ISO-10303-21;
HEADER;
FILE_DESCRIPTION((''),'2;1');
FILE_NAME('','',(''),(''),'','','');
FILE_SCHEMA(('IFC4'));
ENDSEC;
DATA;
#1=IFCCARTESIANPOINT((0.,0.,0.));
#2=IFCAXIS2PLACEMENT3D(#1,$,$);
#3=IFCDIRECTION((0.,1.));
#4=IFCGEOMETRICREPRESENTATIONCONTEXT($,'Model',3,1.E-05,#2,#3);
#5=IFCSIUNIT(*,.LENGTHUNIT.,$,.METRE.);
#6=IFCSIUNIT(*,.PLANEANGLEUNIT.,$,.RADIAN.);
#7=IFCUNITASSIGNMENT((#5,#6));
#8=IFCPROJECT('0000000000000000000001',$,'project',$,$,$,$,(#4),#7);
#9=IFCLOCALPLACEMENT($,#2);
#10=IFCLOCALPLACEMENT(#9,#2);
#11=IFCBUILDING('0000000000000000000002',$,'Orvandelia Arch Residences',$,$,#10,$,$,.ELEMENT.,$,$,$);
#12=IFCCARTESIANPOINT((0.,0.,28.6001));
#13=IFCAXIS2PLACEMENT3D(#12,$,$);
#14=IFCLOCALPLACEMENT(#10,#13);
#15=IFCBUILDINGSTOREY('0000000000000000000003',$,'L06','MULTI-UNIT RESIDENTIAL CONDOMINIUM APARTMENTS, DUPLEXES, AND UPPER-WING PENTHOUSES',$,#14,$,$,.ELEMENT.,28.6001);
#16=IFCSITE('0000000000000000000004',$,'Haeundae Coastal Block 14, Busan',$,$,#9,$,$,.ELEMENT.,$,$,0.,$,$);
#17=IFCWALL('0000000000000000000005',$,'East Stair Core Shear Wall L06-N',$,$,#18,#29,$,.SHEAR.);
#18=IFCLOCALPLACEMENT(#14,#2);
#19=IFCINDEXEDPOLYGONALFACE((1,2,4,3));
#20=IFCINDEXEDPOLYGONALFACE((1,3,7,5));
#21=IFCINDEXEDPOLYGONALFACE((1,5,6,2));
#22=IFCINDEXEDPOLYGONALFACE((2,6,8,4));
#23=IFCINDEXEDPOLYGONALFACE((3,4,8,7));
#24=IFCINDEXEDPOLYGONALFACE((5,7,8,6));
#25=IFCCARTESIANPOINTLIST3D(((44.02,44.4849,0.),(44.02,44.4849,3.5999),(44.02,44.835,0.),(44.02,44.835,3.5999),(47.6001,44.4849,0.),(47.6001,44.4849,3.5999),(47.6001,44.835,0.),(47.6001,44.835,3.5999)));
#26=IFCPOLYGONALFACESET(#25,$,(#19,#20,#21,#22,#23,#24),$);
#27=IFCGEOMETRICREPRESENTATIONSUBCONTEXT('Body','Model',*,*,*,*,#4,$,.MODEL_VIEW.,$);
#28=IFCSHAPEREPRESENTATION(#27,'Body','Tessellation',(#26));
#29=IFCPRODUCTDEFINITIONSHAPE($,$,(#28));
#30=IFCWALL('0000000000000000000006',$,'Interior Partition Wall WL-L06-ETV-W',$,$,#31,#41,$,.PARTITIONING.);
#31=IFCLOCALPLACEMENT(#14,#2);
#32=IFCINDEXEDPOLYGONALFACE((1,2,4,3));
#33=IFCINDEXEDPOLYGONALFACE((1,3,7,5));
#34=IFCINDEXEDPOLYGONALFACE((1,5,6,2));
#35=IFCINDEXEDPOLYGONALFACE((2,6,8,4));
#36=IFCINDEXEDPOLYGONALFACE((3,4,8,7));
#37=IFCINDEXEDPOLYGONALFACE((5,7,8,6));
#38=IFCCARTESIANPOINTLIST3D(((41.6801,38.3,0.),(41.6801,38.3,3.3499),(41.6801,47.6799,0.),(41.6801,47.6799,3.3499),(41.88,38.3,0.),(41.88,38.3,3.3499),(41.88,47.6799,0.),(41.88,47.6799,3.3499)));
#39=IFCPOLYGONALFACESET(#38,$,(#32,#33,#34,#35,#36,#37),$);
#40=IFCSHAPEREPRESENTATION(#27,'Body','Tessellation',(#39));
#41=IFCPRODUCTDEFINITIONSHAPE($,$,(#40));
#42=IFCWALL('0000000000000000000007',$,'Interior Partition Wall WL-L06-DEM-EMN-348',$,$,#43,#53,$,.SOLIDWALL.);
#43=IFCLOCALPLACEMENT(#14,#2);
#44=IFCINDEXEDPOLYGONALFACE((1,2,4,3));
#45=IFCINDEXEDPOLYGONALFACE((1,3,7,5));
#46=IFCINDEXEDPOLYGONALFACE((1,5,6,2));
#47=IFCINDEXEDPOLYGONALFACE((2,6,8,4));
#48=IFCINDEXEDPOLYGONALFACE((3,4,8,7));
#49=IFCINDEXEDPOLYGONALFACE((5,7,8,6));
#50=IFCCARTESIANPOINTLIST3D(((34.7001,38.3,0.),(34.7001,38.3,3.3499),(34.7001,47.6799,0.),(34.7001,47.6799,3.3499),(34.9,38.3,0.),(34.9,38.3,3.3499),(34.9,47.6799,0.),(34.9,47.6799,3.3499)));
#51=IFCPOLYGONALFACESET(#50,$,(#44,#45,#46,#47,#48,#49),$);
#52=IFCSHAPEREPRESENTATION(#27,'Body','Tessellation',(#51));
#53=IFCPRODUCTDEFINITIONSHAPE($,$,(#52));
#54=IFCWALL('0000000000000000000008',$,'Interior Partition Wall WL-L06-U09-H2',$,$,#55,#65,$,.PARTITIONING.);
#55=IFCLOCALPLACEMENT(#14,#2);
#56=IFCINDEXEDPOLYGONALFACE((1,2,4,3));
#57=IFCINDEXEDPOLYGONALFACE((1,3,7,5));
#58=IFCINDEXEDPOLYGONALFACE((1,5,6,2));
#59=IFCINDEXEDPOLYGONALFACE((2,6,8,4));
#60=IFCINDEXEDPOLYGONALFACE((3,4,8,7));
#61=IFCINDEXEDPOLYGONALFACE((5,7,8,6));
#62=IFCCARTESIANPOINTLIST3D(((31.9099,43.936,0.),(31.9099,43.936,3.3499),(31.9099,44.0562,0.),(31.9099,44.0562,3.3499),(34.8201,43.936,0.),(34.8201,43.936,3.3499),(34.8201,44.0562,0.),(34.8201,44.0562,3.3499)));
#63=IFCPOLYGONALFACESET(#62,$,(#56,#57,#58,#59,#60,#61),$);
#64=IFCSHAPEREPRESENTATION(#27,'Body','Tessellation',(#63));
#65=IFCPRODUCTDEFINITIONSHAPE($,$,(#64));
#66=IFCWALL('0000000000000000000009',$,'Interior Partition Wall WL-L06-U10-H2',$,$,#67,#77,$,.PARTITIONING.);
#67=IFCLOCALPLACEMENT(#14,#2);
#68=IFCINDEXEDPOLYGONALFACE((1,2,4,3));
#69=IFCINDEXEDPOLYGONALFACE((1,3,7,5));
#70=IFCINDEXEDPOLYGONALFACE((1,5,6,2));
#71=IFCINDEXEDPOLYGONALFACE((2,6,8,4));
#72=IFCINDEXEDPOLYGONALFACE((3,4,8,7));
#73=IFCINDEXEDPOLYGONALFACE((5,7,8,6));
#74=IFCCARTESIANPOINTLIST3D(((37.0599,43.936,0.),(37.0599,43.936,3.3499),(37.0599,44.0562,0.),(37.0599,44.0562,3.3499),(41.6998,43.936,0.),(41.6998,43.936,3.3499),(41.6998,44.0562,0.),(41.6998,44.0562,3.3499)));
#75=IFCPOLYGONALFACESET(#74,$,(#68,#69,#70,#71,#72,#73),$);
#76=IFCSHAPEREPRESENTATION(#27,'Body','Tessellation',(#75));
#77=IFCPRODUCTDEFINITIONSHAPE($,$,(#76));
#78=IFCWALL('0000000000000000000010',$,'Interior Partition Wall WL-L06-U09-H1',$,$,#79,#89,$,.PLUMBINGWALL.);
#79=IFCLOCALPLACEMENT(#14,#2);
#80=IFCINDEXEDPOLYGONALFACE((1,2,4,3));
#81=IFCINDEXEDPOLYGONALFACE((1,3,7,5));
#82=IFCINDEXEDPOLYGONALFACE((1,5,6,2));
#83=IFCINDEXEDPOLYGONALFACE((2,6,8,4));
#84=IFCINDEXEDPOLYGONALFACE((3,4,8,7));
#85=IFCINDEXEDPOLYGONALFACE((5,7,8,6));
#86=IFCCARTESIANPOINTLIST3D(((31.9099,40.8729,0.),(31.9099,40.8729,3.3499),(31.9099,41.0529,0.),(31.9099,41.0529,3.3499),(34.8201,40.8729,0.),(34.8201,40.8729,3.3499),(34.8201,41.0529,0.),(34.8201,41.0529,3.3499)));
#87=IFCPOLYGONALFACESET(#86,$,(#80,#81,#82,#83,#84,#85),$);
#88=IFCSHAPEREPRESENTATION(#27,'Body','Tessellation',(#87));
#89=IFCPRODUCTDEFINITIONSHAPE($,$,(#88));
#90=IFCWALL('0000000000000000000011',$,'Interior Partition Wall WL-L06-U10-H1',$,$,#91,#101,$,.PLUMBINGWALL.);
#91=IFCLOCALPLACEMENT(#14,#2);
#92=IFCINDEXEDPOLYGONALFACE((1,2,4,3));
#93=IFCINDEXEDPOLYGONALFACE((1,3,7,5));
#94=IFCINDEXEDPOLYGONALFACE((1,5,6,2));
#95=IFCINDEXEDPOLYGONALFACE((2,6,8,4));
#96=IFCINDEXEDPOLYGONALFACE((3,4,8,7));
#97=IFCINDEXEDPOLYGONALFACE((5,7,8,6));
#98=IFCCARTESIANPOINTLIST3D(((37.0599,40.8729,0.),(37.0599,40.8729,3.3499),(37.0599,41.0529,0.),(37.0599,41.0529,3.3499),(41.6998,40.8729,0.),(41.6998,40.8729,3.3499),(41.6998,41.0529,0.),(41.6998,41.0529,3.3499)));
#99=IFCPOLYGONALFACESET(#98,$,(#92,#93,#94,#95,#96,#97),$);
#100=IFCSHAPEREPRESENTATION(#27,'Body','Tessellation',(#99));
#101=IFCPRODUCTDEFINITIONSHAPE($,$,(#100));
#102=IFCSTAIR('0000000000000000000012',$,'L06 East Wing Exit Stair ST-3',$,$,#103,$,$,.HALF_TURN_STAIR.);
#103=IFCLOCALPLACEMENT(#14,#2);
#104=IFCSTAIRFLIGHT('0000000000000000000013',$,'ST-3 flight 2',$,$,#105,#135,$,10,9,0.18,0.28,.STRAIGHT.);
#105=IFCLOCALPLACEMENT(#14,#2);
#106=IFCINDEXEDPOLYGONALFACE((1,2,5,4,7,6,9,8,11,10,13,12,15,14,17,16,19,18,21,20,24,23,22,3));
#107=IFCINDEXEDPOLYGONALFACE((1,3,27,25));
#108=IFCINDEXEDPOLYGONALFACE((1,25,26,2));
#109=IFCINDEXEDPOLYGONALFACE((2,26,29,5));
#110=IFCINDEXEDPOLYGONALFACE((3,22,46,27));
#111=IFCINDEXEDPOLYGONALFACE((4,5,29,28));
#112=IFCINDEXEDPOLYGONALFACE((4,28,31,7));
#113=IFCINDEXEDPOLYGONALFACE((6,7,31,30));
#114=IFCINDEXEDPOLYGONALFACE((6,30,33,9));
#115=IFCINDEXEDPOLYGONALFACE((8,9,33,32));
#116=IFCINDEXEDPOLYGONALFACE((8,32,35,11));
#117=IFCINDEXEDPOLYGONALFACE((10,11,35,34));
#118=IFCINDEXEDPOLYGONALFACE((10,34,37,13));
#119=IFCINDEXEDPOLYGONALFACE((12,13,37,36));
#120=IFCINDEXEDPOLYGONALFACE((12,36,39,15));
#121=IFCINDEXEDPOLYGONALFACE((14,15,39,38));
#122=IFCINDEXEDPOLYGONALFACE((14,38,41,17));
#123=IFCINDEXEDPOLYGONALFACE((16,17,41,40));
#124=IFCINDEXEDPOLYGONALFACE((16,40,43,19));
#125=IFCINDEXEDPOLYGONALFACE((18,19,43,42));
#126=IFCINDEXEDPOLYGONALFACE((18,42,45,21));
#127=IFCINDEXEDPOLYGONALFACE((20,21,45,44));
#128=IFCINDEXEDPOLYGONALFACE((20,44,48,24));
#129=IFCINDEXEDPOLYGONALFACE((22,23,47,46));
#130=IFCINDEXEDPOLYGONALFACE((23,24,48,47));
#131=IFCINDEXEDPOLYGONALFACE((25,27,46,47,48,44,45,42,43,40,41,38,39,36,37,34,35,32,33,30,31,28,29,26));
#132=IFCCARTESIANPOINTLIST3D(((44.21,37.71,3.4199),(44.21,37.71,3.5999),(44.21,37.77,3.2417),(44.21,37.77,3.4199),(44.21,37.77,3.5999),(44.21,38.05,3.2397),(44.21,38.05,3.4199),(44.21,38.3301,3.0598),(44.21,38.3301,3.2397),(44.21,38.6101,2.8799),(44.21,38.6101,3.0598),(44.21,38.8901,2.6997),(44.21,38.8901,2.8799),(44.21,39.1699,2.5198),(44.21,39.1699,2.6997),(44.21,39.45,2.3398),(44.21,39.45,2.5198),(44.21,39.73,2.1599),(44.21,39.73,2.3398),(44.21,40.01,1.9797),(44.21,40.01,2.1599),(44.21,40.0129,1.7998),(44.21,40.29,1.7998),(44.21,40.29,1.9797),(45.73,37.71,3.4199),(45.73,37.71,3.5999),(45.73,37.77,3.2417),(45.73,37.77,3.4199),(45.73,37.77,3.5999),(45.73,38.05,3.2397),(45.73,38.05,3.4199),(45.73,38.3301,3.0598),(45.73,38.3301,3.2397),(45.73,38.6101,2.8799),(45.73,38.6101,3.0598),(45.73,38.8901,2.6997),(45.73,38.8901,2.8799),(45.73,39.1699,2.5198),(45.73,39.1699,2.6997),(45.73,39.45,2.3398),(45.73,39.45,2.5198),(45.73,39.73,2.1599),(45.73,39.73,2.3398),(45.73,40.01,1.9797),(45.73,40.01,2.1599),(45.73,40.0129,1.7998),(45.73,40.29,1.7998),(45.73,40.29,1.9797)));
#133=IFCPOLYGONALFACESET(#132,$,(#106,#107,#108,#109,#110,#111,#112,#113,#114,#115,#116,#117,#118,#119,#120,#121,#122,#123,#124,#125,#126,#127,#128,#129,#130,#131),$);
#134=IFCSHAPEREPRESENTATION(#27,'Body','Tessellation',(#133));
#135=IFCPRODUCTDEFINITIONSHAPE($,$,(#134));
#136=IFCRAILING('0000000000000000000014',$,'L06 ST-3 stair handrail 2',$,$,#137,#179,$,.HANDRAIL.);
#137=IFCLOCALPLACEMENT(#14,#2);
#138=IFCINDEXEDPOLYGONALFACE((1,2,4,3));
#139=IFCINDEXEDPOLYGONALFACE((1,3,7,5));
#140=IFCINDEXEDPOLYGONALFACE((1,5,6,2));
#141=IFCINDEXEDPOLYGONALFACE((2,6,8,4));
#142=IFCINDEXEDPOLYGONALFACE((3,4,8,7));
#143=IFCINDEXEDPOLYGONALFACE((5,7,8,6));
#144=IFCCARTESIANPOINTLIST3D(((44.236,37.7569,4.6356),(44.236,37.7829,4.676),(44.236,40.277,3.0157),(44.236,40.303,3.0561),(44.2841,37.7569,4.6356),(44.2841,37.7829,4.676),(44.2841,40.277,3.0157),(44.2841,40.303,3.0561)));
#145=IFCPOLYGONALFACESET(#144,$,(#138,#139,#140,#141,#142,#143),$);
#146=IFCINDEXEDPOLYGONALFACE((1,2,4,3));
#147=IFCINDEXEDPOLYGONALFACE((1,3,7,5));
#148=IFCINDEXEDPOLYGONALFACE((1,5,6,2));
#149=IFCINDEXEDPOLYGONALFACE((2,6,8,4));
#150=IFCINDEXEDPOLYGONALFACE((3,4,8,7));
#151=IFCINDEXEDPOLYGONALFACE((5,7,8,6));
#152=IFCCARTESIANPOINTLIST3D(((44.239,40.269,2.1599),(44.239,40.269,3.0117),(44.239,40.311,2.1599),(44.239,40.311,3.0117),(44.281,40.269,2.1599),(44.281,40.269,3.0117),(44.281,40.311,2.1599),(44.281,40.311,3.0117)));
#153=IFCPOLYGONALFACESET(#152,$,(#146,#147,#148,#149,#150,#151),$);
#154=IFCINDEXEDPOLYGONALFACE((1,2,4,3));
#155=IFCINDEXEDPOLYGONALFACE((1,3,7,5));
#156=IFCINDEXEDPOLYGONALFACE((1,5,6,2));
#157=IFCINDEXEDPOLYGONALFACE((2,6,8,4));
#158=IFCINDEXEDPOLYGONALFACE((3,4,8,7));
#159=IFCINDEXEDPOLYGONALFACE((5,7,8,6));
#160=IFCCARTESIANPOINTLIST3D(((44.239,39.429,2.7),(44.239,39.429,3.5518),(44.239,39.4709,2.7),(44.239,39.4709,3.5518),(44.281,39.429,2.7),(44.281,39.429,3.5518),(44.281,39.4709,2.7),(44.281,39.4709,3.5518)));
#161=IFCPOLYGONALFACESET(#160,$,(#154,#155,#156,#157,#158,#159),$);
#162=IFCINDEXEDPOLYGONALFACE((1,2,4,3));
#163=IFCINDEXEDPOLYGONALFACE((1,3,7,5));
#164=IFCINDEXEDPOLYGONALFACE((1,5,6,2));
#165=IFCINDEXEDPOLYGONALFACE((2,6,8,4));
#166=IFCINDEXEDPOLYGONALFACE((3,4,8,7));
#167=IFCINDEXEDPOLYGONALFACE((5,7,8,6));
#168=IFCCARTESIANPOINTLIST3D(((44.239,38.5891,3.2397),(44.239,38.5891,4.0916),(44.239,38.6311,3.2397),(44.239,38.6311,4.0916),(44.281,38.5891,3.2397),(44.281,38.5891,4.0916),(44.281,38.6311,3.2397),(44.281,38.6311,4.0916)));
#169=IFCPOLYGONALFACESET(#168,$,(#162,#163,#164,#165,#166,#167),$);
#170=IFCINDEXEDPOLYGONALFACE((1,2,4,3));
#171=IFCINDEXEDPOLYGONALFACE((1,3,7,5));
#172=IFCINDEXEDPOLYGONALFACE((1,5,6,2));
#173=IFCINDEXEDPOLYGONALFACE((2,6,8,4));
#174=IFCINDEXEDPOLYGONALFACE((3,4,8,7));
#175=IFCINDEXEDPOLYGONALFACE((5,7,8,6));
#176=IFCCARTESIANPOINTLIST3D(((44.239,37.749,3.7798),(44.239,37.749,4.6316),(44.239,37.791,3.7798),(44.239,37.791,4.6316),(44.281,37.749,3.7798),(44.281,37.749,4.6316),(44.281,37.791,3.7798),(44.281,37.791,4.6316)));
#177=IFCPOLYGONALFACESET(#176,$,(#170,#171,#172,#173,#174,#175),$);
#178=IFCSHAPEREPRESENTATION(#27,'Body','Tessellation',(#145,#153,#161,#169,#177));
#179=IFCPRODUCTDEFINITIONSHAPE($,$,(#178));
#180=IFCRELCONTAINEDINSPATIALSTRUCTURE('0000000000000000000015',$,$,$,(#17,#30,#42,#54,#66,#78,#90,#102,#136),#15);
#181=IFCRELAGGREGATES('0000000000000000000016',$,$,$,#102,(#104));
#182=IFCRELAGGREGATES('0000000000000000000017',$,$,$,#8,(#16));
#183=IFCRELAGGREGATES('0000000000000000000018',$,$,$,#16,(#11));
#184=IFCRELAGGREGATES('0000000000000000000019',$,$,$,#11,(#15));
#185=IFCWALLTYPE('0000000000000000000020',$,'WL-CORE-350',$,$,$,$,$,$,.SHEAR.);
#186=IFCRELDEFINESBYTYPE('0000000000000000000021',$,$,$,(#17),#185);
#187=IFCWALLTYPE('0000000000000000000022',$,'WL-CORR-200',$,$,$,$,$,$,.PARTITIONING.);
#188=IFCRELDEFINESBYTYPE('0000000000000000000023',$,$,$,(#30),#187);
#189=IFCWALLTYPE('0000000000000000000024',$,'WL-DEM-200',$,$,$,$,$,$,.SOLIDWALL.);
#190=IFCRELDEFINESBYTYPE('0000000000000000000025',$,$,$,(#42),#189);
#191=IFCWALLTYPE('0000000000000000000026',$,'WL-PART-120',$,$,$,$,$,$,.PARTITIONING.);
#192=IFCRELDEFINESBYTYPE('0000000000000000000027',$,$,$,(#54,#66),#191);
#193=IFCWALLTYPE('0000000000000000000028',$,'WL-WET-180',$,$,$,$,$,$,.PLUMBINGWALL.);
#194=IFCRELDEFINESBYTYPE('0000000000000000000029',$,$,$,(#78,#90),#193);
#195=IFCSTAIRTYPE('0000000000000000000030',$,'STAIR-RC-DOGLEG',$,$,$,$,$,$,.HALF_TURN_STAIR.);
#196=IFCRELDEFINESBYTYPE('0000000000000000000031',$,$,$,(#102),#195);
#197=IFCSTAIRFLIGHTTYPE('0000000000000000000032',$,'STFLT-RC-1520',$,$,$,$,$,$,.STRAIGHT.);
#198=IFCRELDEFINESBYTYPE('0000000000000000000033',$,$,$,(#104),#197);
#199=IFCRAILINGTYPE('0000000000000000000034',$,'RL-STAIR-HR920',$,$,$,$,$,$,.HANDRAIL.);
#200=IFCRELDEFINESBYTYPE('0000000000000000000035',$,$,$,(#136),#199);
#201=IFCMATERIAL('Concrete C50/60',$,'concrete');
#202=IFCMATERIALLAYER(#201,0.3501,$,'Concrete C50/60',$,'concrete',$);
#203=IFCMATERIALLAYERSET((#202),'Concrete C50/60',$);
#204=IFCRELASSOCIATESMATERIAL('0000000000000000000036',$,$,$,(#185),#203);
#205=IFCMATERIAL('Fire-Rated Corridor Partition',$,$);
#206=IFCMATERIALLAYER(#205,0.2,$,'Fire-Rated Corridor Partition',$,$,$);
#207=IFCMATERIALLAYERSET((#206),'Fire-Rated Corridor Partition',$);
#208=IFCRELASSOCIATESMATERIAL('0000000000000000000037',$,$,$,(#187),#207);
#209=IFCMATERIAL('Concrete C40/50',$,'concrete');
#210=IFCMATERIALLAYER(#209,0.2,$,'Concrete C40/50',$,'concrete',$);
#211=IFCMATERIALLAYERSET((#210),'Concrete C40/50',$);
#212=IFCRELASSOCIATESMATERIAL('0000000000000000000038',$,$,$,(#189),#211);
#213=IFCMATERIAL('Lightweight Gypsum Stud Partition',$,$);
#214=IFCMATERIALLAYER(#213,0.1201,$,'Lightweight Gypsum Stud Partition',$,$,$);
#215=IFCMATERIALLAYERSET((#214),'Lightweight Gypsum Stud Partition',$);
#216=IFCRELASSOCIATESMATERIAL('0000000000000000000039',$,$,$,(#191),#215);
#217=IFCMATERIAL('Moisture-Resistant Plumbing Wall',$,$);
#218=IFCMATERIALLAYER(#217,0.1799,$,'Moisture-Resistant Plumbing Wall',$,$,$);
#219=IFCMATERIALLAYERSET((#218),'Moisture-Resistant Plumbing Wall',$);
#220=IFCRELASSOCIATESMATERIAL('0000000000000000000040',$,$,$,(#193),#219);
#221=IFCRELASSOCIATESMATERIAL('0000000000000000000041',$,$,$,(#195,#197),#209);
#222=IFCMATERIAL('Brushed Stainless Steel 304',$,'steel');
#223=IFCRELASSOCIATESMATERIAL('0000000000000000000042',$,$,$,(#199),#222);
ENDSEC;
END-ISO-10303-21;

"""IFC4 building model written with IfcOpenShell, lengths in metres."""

from ifc_helpers import new_model, si_unit, direction, frame, frame_2d, origin, origin_2d, place, context, subcontext, project, spatial, polyline, rectangle, outline, extrude, material, layer, layer_set, type_object, element, aggregate, save


model = new_model("IFC4")

# Units and contexts
model_context = context("Model", 3, precision=1e-05, world=origin(), true_north=direction((0.0, 1.0)))
body_context = subcontext(model_context, "Body", "Model", "MODEL_VIEW")
ifc_project = project(units=[si_unit("LENGTHUNIT", "METRE"), si_unit("PLANEANGLEUNIT", "RADIAN")], contexts=[model_context])

# Site, building, storey
site_placement = place(None, origin())
site = spatial("IfcSite", under=ifc_project, at=site_placement, Name="Haeundae Coastal Block 14, Busan", CompositionType="ELEMENT", RefElevation=0.0)
building_placement = place(site_placement, origin())
building = spatial("IfcBuilding", under=site, at=building_placement, Name="Orvandelia Arch Residences", CompositionType="ELEMENT")
storey_placement = place(building_placement, frame((0.0, 0.0, 28.6001)))
storey = spatial("IfcBuildingStorey", under=building, at=storey_placement, Name="L06", Description="MULTI-UNIT RESIDENTIAL CONDOMINIUM APARTMENTS, DUPLEXES, AND UPPER-WING PENTHOUSES", CompositionType="ELEMENT", Elevation=28.6001)

# Walls
ifc_material_1 = material(Name="Concrete C50/60", Category="concrete")
ifc_layer_1 = layer(ifc_material_1, 0.3501, Name="Concrete C50/60", Category="concrete")
ifc_layer_set_1 = layer_set([ifc_layer_1], Name="Concrete C50/60")
wall_type_1 = type_object("IfcWallType", Name="WL-CORE-350", PredefinedType="SHEAR", material=ifc_layer_set_1)
for number, where, z_axis, x_axis, name in (
    (1, (44.02, 44.6599, 0.0), (0.0, 0.0, 1.0), (1.0, 0.0, 0.0), "East Stair Core Shear Wall L06-N"),
):
    element("IfcWall", number, at=place(storey_placement, frame(where, z_axis=z_axis, x_axis=x_axis)), inside=storey, type_object=wall_type_1, Name=name, PredefinedType="SHEAR", context=body_context, shape_type="SweptSolid", body=[
        extrude(rectangle(XDim=3.5801, YDim=0.3501, at=frame_2d((1.79, 0.0))), origin(), (0.0, 0.0, 1.0), 3.5999),
    ])
ifc_material_2 = material(Name="Fire-Rated Corridor Partition")
ifc_layer_2 = layer(ifc_material_2, 0.2, Name="Fire-Rated Corridor Partition")
ifc_layer_set_2 = layer_set([ifc_layer_2], Name="Fire-Rated Corridor Partition")
wall_type_2 = type_object("IfcWallType", Name="WL-CORR-200", PredefinedType="PARTITIONING", material=ifc_layer_set_2)
wall_1_placement = place(storey_placement, frame((41.78, 38.3, 0.0), z_axis=(0.0, 0.0, 1.0), x_axis=(0.0, 1.0, 0.0)))
element("IfcWall", 2, at=wall_1_placement, inside=storey, type_object=wall_type_2, Name="Interior Partition Wall WL-L06-ETV-W", PredefinedType="PARTITIONING", context=body_context, shape_type="SweptSolid", body=[
    extrude(rectangle(XDim=9.3799, YDim=0.2, at=frame_2d((4.6899, 0.0))), origin(), (0.0, 0.0, 1.0), 3.3499),
])
ifc_material_3 = material(Name="Concrete C40/50", Category="concrete")
ifc_layer_3 = layer(ifc_material_3, 0.2, Name="Concrete C40/50", Category="concrete")
ifc_layer_set_3 = layer_set([ifc_layer_3], Name="Concrete C40/50")
wall_type_3 = type_object("IfcWallType", Name="WL-DEM-200", PredefinedType="SOLIDWALL", material=ifc_layer_set_3)
wall_2_placement = place(storey_placement, frame((34.8, 38.3, 0.0), z_axis=(0.0, 0.0, 1.0), x_axis=(0.0, 1.0, 0.0)))
element("IfcWall", 3, at=wall_2_placement, inside=storey, type_object=wall_type_3, Name="Interior Partition Wall WL-L06-DEM-EMN-348", PredefinedType="SOLIDWALL", context=body_context, shape_type="SweptSolid", body=[
    extrude(rectangle(XDim=9.3799, YDim=0.2, at=frame_2d((4.6899, 0.0))), origin(), (0.0, 0.0, 1.0), 3.3499),
])
ifc_material_4 = material(Name="Lightweight Gypsum Stud Partition")
ifc_layer_4 = layer(ifc_material_4, 0.1201, Name="Lightweight Gypsum Stud Partition")
ifc_layer_set_4 = layer_set([ifc_layer_4], Name="Lightweight Gypsum Stud Partition")
wall_type_4 = type_object("IfcWallType", Name="WL-PART-120", PredefinedType="PARTITIONING", material=ifc_layer_set_4)
wall_3_placement = place(storey_placement, frame((31.9099, 43.9961, 0.0), z_axis=(0.0, 0.0, 1.0), x_axis=(1.0, 0.0, 0.0)))
element("IfcWall", 4, at=wall_3_placement, inside=storey, type_object=wall_type_4, Name="Interior Partition Wall WL-L06-U09-H2", PredefinedType="PARTITIONING", context=body_context, shape_type="SweptSolid", body=[
    extrude(rectangle(XDim=2.9102, YDim=0.1201, at=frame_2d((1.4551, 0.0))), origin(), (0.0, 0.0, 1.0), 3.3499),
])
wall_4_placement = place(storey_placement, frame((37.0601, 43.9961, 0.0), z_axis=(0.0, 0.0, 1.0), x_axis=(1.0, 0.0, 0.0)))
element("IfcWall", 5, at=wall_4_placement, inside=storey, type_object=wall_type_4, Name="Interior Partition Wall WL-L06-U10-H2", PredefinedType="PARTITIONING", context=body_context, shape_type="SweptSolid", body=[
    extrude(rectangle(XDim=4.6399, YDim=0.1201, at=frame_2d((2.3198, 0.0))), origin(), (0.0, 0.0, 1.0), 3.3499),
])

# Shared definitions
ifc_material_5 = material(Name="Moisture-Resistant Plumbing Wall")
ifc_layer_5 = layer(ifc_material_5, 0.1799, Name="Moisture-Resistant Plumbing Wall")
ifc_layer_set_5 = layer_set([ifc_layer_5], Name="Moisture-Resistant Plumbing Wall")
wall_type_5 = type_object("IfcWallType", Name="WL-WET-180", PredefinedType="PLUMBINGWALL", material=ifc_layer_set_5)

# Wall
wall_5_placement = place(storey_placement, frame((31.9099, 40.9629, 0.0), z_axis=(0.0, 0.0, 1.0), x_axis=(1.0, 0.0, 0.0)))
element("IfcWall", 6, at=wall_5_placement, inside=storey, type_object=wall_type_5, Name="Interior Partition Wall WL-L06-U09-H1", PredefinedType="PLUMBINGWALL", context=body_context, shape_type="SweptSolid", body=[
    extrude(rectangle(XDim=2.9102, YDim=0.1799, at=frame_2d((1.4551, 0.0))), origin(), (0.0, 0.0, 1.0), 3.3499),
])

# Wall
wall_6_placement = place(storey_placement, frame((37.0601, 40.9629, 0.0), z_axis=(0.0, 0.0, 1.0), x_axis=(1.0, 0.0, 0.0)))
element("IfcWall", 7, at=wall_6_placement, inside=storey, type_object=wall_type_5, Name="Interior Partition Wall WL-L06-U10-H1", PredefinedType="PLUMBINGWALL", context=body_context, shape_type="SweptSolid", body=[
    extrude(rectangle(XDim=4.6399, YDim=0.1799, at=frame_2d((2.3198, 0.0))), origin(), (0.0, 0.0, 1.0), 3.3499),
])

# Stair, stair flight
stair_type = type_object("IfcStairType", Name="STAIR-RC-DOGLEG", PredefinedType="HALF_TURN_STAIR", material=ifc_material_3)
stair_placement = place(storey_placement, origin())
stair = element("IfcStair", 8, at=stair_placement, inside=storey, type_object=stair_type, Name="L06 East Wing Exit Stair ST-3", PredefinedType="HALF_TURN_STAIR")
stair_flight_type = type_object("IfcStairFlightType", Name="STFLT-RC-1520", PredefinedType="STRAIGHT", material=ifc_material_3)
stair_flight_placement = place(storey_placement, frame((44.97, 40.29, 1.7998), z_axis=(0.0, 0.0, 1.0), x_axis=(0.0, -1.0, 0.0)))
stair_flight = element("IfcStairFlight", 9, at=stair_flight_placement, type_object=stair_flight_type, Name="ST-3 flight 2", NumberOfRisers=10, NumberOfTreads=9, PredefinedType="STRAIGHT", RiserHeight=0.18, TreadLength=0.28, context=body_context, shape_type="SweptSolid", body=[
    extrude(outline(polyline([(0.0, 0.0), (0.0, 0.1799), (0.28, 0.1799), (0.28, 0.3601), (0.5601, 0.3601), (0.5601, 0.54), (0.8401, 0.54), (0.8401, 0.72), (1.1201, 0.72), (1.1201, 0.8999), (1.3999, 0.8999), (1.3999, 1.0801), (1.6799, 1.0801), (1.6799, 1.26), (1.96, 1.26), (1.96, 1.4399), (2.24, 1.4399), (2.24, 1.6201), (2.52, 1.6201), (2.52, 1.8), (2.5801, 1.8), (2.5801, 1.6201), (2.52, 1.4419), (0.2771, 0.0), (0.0, 0.0)])), frame((0.0, 0.76, 0.0), z_axis=(0.0, -1.0, 0.0), x_axis=(1.0, 0.0, 0.0)), (0.0, 0.0, 1.0), 1.52),
])
aggregate(stair, [stair_flight])

# Railing
ifc_material_6 = material(Name="Brushed Stainless Steel 304", Category="steel")
railing_type = type_object("IfcRailingType", Name="RL-STAIR-HR920", PredefinedType="HANDRAIL", material=ifc_material_6)
railing_placement = place(storey_placement, frame((44.26, 40.29, 2.1599)))
element("IfcRailing", 10, at=railing_placement, inside=storey, type_object=railing_type, Name="L06 ST-3 stair handrail 2", PredefinedType="HANDRAIL", context=body_context, shape_type="SweptSolid", body=[
    extrude(rectangle(XDim=0.0481, YDim=0.0481, at=origin_2d()), frame((0.0, 0.0, 0.876), z_axis=(0.0, -0.8412, 0.540725), x_axis=(1.0, 0.0, 0.0)), (0.0, 0.0, 1.0), 2.9958),
    extrude(rectangle(XDim=0.042, YDim=0.042, at=origin_2d()), origin(), (0.0, 0.0, 1.0), 0.8518),
    extrude(rectangle(XDim=0.042, YDim=0.042, at=origin_2d()), frame((0.0, -0.8401, 0.54)), (0.0, 0.0, 1.0), 0.8518),
    extrude(rectangle(XDim=0.042, YDim=0.042, at=origin_2d()), frame((0.0, -1.6799, 1.0798)), (0.0, 0.0, 1.0), 0.8518),
    extrude(rectangle(XDim=0.042, YDim=0.042, at=origin_2d()), frame((0.0, -2.52, 1.6199)), (0.0, 0.0, 1.0), 0.8518),
])

save(model, "model.ifc")
